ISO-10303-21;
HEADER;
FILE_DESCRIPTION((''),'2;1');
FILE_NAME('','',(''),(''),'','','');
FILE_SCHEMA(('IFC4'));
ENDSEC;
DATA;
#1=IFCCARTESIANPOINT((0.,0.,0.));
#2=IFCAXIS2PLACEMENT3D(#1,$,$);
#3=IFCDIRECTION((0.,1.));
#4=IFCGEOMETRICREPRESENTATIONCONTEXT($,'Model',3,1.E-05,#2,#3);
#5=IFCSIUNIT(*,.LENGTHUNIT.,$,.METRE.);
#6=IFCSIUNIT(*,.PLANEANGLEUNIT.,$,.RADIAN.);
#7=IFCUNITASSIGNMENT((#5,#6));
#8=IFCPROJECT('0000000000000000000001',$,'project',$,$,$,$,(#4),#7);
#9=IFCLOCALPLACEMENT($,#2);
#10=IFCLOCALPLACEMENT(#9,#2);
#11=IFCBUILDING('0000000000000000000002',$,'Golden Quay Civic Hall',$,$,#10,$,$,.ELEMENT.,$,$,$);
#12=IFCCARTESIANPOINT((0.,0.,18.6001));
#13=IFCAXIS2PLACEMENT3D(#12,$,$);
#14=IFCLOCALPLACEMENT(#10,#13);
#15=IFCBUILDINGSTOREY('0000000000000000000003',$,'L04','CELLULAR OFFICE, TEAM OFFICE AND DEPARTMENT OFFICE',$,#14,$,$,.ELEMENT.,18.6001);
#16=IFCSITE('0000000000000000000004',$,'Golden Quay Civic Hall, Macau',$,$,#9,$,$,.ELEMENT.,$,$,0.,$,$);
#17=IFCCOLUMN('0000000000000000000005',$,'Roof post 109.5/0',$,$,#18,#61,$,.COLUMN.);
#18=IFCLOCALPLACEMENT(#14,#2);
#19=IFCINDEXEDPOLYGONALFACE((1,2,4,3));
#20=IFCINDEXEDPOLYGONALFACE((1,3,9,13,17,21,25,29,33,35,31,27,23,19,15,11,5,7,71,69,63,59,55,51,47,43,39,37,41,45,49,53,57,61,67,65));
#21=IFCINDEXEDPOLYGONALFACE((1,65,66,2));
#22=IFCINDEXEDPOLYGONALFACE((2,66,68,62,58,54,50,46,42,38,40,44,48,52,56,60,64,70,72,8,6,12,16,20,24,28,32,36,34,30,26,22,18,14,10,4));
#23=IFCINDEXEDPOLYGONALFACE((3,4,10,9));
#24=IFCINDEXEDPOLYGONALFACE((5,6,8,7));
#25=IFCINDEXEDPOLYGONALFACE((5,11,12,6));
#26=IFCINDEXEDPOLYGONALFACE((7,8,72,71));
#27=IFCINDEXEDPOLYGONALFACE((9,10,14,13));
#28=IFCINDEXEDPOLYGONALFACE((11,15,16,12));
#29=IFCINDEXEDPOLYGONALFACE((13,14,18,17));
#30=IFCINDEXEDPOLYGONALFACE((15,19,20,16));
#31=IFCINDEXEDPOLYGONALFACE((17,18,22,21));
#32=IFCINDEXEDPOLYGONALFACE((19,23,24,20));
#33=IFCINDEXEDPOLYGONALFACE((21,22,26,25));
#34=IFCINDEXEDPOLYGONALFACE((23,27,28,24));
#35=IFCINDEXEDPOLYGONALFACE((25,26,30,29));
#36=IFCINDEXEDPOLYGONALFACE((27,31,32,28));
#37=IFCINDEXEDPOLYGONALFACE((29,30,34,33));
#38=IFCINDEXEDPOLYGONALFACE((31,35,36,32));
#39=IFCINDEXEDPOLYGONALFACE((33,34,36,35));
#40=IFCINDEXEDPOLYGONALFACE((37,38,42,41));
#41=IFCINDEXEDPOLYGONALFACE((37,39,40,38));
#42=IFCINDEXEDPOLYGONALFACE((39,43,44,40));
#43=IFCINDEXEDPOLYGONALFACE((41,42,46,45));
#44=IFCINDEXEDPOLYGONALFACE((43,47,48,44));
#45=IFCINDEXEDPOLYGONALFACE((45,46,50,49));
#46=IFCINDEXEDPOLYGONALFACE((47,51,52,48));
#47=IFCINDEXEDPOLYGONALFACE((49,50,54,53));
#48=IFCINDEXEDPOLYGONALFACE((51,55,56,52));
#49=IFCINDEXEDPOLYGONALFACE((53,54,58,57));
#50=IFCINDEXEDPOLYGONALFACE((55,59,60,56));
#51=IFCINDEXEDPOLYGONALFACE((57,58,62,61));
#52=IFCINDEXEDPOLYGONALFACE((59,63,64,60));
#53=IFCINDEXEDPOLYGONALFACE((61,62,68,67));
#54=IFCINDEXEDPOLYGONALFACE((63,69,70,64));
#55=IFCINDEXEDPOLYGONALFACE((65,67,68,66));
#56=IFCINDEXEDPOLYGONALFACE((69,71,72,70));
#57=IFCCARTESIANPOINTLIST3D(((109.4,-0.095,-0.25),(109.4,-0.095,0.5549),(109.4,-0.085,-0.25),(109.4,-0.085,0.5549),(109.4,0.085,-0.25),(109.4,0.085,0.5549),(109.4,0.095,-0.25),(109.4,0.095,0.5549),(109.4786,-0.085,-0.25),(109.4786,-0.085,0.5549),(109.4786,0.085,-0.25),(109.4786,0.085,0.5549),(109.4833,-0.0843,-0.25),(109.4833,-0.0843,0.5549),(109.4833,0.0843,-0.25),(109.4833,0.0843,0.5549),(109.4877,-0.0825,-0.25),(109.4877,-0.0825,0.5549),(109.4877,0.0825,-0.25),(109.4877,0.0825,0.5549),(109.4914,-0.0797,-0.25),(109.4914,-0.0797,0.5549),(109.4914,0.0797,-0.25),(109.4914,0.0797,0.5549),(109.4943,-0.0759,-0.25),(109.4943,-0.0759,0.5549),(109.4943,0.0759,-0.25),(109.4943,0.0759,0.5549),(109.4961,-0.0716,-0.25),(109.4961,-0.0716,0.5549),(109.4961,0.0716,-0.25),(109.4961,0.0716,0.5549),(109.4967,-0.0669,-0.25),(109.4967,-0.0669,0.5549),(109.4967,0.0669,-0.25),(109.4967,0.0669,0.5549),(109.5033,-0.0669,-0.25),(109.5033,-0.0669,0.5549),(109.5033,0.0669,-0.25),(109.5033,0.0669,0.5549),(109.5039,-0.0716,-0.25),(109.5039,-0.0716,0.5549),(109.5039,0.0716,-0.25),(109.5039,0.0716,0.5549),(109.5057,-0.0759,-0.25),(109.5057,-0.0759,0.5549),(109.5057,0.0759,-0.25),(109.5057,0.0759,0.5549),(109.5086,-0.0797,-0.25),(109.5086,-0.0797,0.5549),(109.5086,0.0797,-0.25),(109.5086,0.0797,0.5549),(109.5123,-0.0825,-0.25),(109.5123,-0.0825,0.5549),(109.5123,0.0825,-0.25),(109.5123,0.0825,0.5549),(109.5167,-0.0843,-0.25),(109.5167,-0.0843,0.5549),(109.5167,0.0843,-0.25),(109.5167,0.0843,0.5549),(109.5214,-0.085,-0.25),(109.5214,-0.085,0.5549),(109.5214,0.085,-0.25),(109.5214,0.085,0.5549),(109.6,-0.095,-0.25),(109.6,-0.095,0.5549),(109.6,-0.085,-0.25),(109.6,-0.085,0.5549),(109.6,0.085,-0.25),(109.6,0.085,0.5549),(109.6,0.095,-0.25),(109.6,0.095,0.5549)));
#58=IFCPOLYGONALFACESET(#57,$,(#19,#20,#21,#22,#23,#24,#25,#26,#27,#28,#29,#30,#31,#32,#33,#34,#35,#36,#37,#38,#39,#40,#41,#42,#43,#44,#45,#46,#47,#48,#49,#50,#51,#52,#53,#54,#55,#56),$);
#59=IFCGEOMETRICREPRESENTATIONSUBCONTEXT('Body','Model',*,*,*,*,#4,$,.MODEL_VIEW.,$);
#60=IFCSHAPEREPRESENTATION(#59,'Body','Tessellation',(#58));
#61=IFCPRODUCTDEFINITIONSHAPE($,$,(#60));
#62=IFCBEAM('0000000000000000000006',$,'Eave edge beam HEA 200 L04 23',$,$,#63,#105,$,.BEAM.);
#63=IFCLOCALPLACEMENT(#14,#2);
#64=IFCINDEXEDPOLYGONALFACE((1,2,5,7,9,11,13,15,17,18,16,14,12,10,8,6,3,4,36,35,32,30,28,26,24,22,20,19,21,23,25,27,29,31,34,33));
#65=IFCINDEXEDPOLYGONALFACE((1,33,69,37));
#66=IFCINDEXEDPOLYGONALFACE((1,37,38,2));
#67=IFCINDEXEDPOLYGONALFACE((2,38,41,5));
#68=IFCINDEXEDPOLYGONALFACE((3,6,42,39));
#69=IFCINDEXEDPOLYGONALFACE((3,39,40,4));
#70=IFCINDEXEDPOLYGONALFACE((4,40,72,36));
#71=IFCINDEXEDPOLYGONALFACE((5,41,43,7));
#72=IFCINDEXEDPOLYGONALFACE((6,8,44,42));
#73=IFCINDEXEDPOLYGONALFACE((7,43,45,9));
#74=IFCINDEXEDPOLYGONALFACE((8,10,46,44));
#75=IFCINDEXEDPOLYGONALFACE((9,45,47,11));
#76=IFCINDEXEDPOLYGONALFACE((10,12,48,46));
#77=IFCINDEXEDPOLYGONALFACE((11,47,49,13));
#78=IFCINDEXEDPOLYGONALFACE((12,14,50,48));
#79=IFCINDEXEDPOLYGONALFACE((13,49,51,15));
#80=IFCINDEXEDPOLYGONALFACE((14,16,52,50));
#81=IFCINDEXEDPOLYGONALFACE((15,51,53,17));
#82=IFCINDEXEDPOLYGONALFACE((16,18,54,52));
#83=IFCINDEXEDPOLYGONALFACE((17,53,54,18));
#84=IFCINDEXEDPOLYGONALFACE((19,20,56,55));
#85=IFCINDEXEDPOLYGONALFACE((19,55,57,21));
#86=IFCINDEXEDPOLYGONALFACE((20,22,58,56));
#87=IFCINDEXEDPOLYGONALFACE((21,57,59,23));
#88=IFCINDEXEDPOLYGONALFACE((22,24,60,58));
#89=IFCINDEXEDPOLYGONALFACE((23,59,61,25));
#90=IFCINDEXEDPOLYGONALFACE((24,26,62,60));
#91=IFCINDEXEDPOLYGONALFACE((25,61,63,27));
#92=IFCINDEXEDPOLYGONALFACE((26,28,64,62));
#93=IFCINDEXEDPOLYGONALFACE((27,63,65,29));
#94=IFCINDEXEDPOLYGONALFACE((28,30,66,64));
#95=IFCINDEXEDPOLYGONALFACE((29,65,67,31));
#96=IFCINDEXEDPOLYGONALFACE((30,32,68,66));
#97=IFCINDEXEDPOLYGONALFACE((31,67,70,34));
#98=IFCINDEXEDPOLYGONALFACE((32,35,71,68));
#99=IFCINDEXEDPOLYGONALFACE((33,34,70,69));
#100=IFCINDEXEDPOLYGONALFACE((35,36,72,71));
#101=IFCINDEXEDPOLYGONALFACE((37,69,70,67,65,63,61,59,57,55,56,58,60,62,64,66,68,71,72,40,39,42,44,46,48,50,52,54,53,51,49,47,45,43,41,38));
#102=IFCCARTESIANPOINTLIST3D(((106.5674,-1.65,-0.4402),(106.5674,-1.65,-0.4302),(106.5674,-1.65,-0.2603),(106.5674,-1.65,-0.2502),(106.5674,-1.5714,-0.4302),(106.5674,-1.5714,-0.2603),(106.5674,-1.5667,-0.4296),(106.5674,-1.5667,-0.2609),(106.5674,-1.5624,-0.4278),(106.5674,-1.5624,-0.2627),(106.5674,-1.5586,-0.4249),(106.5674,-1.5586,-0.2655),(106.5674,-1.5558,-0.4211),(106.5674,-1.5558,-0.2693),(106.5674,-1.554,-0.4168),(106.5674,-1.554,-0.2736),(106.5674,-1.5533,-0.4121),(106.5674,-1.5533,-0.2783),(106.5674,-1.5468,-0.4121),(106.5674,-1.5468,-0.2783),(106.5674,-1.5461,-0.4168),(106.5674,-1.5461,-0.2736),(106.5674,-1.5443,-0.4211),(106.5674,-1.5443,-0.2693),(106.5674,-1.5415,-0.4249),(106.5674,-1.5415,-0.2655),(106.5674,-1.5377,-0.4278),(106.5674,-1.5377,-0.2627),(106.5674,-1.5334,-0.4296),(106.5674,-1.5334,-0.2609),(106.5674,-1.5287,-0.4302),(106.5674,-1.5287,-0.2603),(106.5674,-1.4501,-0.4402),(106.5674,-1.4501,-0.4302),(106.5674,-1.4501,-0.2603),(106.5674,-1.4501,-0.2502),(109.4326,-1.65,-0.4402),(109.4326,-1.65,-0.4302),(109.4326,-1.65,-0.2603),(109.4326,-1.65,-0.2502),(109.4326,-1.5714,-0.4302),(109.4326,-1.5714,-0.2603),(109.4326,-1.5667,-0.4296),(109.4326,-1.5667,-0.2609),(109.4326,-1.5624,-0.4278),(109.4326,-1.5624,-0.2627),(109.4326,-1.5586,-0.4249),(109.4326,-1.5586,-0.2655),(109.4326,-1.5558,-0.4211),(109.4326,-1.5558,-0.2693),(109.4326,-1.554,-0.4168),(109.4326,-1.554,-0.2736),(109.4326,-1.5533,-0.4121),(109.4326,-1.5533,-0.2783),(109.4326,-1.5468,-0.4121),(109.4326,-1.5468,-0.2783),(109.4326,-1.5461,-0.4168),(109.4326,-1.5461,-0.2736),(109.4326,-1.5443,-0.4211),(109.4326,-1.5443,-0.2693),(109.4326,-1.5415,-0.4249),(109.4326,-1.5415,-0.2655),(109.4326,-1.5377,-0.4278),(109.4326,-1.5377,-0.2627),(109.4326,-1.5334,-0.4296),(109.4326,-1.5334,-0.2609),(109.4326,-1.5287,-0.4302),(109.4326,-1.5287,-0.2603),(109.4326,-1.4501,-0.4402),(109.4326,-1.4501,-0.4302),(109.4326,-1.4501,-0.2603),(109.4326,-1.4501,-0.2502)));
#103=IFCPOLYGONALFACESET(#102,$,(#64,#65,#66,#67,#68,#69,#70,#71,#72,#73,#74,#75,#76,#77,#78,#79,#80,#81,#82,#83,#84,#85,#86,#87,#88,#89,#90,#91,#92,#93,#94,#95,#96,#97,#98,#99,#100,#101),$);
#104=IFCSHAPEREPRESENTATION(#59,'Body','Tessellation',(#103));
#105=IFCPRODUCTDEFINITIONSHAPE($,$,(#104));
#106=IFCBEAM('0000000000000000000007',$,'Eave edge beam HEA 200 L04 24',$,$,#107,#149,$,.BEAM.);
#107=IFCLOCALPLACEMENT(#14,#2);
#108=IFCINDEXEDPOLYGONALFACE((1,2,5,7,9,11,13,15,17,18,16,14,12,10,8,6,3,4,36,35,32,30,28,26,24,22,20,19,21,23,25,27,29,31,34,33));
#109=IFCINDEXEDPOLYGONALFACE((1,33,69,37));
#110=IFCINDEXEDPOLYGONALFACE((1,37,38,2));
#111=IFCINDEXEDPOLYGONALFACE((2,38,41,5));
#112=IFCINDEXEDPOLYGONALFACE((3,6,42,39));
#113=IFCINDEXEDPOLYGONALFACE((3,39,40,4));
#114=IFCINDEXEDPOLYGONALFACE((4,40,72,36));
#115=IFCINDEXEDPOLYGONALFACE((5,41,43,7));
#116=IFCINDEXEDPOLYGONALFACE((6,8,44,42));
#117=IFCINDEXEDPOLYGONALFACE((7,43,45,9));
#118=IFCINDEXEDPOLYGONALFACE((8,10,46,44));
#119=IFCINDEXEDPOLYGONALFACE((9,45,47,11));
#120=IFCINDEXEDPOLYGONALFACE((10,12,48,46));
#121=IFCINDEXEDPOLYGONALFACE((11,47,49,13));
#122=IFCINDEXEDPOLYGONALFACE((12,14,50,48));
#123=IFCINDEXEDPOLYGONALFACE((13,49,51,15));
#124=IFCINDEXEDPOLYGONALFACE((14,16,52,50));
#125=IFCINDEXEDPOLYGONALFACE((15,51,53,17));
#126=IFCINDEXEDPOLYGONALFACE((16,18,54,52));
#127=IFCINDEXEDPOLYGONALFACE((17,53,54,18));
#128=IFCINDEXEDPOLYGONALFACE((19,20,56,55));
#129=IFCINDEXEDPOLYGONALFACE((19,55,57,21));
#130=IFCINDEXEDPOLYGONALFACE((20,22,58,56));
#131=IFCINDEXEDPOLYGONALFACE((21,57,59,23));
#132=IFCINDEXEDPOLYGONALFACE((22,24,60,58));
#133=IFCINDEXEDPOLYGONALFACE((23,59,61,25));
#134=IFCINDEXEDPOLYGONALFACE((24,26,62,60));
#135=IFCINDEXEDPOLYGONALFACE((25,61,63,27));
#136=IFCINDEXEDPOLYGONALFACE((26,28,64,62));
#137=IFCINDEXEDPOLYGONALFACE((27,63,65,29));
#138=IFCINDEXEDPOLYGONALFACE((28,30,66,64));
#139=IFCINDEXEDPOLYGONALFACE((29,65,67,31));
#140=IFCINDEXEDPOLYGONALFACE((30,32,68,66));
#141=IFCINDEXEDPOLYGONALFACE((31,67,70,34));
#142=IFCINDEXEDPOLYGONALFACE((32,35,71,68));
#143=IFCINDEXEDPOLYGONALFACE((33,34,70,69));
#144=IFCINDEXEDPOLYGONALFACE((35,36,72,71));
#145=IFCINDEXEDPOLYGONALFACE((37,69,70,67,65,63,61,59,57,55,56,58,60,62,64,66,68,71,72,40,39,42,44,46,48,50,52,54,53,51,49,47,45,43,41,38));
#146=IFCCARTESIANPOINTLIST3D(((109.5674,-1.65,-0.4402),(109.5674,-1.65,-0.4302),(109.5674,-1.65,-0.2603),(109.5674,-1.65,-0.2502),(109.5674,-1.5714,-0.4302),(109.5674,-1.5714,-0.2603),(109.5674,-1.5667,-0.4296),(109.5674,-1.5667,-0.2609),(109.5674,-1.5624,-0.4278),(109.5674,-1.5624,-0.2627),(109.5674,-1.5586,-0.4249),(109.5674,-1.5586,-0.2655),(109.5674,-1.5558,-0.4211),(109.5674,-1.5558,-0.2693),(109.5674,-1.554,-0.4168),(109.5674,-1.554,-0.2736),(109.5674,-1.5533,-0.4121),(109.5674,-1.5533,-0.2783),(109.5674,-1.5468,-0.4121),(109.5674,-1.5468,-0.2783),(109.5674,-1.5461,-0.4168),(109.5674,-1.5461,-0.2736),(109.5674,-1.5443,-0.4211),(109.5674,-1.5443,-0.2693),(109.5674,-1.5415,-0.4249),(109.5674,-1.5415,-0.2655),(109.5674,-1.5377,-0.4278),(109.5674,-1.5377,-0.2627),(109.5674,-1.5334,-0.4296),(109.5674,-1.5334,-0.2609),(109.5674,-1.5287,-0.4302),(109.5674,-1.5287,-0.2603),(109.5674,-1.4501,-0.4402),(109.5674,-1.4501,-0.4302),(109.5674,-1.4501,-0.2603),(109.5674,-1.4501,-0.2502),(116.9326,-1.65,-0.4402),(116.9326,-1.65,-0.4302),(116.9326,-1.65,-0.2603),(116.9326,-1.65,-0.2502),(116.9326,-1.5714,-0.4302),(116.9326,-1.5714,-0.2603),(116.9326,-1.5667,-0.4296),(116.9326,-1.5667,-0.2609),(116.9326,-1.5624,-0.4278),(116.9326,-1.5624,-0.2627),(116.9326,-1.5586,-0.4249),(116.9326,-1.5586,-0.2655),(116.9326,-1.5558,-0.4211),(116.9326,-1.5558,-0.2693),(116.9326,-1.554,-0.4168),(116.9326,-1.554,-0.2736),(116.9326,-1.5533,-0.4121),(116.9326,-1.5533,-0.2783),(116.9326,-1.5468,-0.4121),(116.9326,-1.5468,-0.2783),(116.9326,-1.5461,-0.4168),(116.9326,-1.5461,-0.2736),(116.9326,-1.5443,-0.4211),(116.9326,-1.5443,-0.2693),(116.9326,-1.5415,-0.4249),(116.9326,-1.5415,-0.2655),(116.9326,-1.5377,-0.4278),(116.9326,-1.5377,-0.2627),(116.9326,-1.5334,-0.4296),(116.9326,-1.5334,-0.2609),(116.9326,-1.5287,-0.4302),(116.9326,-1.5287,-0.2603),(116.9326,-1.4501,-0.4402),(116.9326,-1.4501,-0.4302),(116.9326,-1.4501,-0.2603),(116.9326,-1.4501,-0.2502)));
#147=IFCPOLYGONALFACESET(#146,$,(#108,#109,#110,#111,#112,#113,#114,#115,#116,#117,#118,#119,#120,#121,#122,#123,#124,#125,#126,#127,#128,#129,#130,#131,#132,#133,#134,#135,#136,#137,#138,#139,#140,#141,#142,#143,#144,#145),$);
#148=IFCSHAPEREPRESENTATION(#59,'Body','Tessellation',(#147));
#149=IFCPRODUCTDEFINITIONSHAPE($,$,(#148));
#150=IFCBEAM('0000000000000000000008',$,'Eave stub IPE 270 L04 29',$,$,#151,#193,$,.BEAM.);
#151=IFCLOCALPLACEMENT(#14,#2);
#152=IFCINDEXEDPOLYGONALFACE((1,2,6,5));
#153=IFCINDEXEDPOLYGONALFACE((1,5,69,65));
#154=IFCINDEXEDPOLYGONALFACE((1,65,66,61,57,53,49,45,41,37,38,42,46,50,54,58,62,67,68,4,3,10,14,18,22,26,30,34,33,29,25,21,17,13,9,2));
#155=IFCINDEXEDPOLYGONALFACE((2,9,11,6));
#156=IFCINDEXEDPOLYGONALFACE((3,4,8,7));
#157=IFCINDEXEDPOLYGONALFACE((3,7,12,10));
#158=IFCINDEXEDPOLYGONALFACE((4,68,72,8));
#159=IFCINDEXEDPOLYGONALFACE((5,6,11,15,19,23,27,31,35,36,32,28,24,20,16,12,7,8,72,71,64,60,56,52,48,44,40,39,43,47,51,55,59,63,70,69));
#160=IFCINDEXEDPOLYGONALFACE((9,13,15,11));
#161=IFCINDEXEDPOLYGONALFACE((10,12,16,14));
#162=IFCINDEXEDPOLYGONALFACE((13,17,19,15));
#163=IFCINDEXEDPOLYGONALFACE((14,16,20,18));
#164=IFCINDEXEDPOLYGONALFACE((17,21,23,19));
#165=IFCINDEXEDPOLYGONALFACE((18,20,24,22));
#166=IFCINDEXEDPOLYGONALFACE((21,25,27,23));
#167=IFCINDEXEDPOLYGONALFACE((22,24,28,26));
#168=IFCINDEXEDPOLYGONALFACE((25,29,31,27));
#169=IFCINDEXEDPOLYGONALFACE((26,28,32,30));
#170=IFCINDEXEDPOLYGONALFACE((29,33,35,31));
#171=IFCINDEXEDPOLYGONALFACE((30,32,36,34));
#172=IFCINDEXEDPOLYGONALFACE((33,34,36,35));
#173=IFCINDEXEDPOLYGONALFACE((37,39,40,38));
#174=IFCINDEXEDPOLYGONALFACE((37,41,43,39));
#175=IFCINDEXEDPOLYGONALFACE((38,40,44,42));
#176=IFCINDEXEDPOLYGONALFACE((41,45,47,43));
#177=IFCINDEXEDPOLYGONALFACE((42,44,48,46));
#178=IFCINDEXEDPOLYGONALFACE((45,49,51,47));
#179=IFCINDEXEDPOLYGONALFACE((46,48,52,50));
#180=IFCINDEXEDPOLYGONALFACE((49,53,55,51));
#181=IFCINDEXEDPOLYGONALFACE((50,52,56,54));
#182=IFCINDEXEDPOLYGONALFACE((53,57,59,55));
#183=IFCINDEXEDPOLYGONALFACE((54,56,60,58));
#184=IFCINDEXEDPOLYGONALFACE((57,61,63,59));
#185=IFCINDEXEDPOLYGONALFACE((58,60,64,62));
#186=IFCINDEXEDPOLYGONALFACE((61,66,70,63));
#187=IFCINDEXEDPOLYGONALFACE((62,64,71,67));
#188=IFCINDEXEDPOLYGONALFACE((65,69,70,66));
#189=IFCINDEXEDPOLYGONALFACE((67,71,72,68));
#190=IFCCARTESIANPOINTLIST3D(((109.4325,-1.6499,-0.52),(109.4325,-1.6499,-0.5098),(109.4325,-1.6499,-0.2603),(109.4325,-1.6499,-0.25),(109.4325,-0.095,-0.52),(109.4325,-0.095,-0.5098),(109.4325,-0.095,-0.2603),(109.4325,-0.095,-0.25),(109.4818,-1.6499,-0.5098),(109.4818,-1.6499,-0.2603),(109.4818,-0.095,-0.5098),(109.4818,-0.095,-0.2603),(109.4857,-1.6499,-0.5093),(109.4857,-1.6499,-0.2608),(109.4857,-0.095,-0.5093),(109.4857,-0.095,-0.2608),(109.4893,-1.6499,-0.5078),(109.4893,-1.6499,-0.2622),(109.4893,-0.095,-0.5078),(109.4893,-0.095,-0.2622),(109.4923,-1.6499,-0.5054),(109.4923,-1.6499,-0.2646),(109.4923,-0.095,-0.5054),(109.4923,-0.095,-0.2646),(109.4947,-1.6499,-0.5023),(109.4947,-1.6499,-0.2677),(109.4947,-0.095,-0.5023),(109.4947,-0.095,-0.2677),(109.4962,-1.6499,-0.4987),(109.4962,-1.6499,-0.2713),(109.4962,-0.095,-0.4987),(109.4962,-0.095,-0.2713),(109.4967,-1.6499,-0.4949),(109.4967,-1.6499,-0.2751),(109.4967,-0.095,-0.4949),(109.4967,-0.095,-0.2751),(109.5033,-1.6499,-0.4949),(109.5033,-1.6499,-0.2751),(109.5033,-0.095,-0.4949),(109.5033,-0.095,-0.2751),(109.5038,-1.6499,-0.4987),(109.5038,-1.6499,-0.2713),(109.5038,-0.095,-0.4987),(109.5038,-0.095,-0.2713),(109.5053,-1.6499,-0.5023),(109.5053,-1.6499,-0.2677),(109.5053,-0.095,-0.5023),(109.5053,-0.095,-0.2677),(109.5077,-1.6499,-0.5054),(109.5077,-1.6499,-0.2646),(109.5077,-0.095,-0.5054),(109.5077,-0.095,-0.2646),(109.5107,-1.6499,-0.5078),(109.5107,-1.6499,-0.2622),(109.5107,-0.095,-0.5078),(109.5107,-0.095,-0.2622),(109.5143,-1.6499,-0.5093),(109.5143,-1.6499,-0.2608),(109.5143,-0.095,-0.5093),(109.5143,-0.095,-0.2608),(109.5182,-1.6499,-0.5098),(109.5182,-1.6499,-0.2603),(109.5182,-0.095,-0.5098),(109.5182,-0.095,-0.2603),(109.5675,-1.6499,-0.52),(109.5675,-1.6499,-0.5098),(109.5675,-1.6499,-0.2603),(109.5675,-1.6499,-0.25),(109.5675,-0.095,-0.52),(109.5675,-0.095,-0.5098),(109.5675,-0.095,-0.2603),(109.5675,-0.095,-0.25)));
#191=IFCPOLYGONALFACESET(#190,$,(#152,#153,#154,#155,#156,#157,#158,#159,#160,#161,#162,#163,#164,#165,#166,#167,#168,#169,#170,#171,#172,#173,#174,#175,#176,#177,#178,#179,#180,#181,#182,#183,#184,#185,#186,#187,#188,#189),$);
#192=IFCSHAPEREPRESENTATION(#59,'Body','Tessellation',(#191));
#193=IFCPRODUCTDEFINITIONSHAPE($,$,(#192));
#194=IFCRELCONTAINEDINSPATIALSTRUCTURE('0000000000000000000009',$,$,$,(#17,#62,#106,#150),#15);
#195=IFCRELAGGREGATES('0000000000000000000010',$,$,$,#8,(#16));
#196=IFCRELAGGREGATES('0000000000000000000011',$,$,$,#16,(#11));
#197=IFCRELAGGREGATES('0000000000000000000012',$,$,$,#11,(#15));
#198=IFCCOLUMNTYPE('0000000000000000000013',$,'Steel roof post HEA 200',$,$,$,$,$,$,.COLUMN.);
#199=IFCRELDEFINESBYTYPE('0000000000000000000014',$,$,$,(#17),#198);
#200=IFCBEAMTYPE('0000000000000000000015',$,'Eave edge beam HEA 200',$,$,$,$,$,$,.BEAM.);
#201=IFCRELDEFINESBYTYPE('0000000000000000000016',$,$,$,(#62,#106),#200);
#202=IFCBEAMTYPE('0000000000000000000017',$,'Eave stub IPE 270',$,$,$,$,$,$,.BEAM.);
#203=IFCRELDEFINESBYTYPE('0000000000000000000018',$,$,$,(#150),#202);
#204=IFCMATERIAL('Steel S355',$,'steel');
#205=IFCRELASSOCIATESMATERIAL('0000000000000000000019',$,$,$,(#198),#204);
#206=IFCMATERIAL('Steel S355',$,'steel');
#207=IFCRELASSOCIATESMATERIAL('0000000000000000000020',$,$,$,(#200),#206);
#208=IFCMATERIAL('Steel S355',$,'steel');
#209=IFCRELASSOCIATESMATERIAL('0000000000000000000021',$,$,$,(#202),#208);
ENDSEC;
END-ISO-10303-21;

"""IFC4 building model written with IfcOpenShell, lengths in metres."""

from ifc_helpers import new_model, si_unit, direction, frame, origin, origin_2d, place, context, subcontext, project, spatial, i_section, extrude, material, material_profile, profile_set, type_object, element, save


model = new_model("IFC4")

# Units and contexts
model_context = context("Model", 3, precision=1e-05, world=origin(), true_north=direction((0.0, 1.0)))
body_context = subcontext(model_context, "Body", "Model", "MODEL_VIEW")
ifc_project = project(units=[si_unit("LENGTHUNIT", "METRE"), si_unit("PLANEANGLEUNIT", "RADIAN")], contexts=[model_context])

# Site, building, storey
site_placement = place(None, origin())
site = spatial("IfcSite", under=ifc_project, at=site_placement, Name="Golden Quay Civic Hall, Macau", CompositionType="ELEMENT", RefElevation=0.0)
building_placement = place(site_placement, origin())
building = spatial("IfcBuilding", under=site, at=building_placement, Name="Golden Quay Civic Hall", CompositionType="ELEMENT")
storey_placement = place(building_placement, frame((0.0, 0.0, 18.6001)))
storey = spatial("IfcBuildingStorey", under=building, at=storey_placement, Name="L04", Description="CELLULAR OFFICE, TEAM OFFICE AND DEPARTMENT OFFICE", CompositionType="ELEMENT", Elevation=18.6001)

# Column
ifc_material_1 = material(Name="Steel S355", Category="steel")
ifc_material_profile_1 = material_profile(ifc_material_1, i_section(OverallWidth=0.2, OverallDepth=0.1899, WebThickness=0.0066, FlangeThickness=0.01, FilletRadius=0.0181, at=origin_2d()), Name="HEA 200")
ifc_profile_set_1 = profile_set([ifc_material_profile_1], Name="Steel S355")
column_type = type_object("IfcColumnType", Name="Steel roof post HEA 200", PredefinedType="COLUMN", material=ifc_profile_set_1)
column_placement = place(storey_placement, frame((109.5, 0.0, -0.25), z_axis=(0.0, 0.0, 1.0), x_axis=(1.0, 0.0, 0.0)))
element("IfcColumn", 1, at=column_placement, inside=storey, type_object=column_type, Name="Roof post 109.5/0", PredefinedType="COLUMN", context=body_context, shape_type="SweptSolid", body=[
    extrude(i_section(OverallWidth=0.2, OverallDepth=0.1899, WebThickness=0.0066, FlangeThickness=0.01, FilletRadius=0.0181, at=origin_2d()), origin(), (0.0, 0.0, 1.0), 0.8049),
])

# Beams
ifc_material_2 = material(Name="Steel S355", Category="steel")
ifc_material_profile_2 = material_profile(ifc_material_2, i_section(OverallWidth=0.2, OverallDepth=0.1899, WebThickness=0.0066, FlangeThickness=0.01, FilletRadius=0.0181, at=origin_2d()), Name="HEA 200")
ifc_profile_set_2 = profile_set([ifc_material_profile_2], Name="Steel S355")
beam_type_1 = type_object("IfcBeamType", Name="Eave edge beam HEA 200", PredefinedType="BEAM", material=ifc_profile_set_2)
beam_1_placement = place(storey_placement, frame((106.5674, -1.55, -0.3452), z_axis=(1.0, 0.0, 0.0), x_axis=(0.0, 1.0, 0.0)))
element("IfcBeam", 2, at=beam_1_placement, inside=storey, type_object=beam_type_1, Name="Eave edge beam HEA 200 L04 23", PredefinedType="BEAM", context=body_context, shape_type="SweptSolid", body=[
    extrude(i_section(OverallWidth=0.2, OverallDepth=0.1899, WebThickness=0.0066, FlangeThickness=0.01, FilletRadius=0.0181, at=origin_2d()), origin(), (0.0, 0.0, 1.0), 2.8652),
])
beam_2_placement = place(storey_placement, frame((109.5674, -1.55, -0.3452), z_axis=(1.0, 0.0, 0.0), x_axis=(0.0, 1.0, 0.0)))
element("IfcBeam", 3, at=beam_2_placement, inside=storey, type_object=beam_type_1, Name="Eave edge beam HEA 200 L04 24", PredefinedType="BEAM", context=body_context, shape_type="SweptSolid", body=[
    extrude(i_section(OverallWidth=0.2, OverallDepth=0.1899, WebThickness=0.0066, FlangeThickness=0.01, FilletRadius=0.0181, at=origin_2d()), origin(), (0.0, 0.0, 1.0), 7.3652),
])
ifc_material_3 = material(Name="Steel S355", Category="steel")
ifc_material_profile_3 = material_profile(ifc_material_3, i_section(OverallWidth=0.135, OverallDepth=0.27, WebThickness=0.0066, FlangeThickness=0.0103, FilletRadius=0.0149, at=origin_2d()), Name="IPE 270")
ifc_profile_set_3 = profile_set([ifc_material_profile_3], Name="Steel S355")
beam_type_2 = type_object("IfcBeamType", Name="Eave stub IPE 270", PredefinedType="BEAM", material=ifc_profile_set_3)
beam_3_placement = place(storey_placement, frame((109.5, -0.095, -0.385), z_axis=(0.0, -1.0, 0.0), x_axis=(1.0, 0.0, 0.0)))
element("IfcBeam", 4, at=beam_3_placement, inside=storey, type_object=beam_type_2, Name="Eave stub IPE 270 L04 29", PredefinedType="BEAM", context=body_context, shape_type="SweptSolid", body=[
    extrude(i_section(OverallWidth=0.135, OverallDepth=0.27, WebThickness=0.0066, FlangeThickness=0.0103, FilletRadius=0.0149, at=origin_2d()), origin(), (0.0, 0.0, 1.0), 1.5549),
])

save(model, "model.ifc")
